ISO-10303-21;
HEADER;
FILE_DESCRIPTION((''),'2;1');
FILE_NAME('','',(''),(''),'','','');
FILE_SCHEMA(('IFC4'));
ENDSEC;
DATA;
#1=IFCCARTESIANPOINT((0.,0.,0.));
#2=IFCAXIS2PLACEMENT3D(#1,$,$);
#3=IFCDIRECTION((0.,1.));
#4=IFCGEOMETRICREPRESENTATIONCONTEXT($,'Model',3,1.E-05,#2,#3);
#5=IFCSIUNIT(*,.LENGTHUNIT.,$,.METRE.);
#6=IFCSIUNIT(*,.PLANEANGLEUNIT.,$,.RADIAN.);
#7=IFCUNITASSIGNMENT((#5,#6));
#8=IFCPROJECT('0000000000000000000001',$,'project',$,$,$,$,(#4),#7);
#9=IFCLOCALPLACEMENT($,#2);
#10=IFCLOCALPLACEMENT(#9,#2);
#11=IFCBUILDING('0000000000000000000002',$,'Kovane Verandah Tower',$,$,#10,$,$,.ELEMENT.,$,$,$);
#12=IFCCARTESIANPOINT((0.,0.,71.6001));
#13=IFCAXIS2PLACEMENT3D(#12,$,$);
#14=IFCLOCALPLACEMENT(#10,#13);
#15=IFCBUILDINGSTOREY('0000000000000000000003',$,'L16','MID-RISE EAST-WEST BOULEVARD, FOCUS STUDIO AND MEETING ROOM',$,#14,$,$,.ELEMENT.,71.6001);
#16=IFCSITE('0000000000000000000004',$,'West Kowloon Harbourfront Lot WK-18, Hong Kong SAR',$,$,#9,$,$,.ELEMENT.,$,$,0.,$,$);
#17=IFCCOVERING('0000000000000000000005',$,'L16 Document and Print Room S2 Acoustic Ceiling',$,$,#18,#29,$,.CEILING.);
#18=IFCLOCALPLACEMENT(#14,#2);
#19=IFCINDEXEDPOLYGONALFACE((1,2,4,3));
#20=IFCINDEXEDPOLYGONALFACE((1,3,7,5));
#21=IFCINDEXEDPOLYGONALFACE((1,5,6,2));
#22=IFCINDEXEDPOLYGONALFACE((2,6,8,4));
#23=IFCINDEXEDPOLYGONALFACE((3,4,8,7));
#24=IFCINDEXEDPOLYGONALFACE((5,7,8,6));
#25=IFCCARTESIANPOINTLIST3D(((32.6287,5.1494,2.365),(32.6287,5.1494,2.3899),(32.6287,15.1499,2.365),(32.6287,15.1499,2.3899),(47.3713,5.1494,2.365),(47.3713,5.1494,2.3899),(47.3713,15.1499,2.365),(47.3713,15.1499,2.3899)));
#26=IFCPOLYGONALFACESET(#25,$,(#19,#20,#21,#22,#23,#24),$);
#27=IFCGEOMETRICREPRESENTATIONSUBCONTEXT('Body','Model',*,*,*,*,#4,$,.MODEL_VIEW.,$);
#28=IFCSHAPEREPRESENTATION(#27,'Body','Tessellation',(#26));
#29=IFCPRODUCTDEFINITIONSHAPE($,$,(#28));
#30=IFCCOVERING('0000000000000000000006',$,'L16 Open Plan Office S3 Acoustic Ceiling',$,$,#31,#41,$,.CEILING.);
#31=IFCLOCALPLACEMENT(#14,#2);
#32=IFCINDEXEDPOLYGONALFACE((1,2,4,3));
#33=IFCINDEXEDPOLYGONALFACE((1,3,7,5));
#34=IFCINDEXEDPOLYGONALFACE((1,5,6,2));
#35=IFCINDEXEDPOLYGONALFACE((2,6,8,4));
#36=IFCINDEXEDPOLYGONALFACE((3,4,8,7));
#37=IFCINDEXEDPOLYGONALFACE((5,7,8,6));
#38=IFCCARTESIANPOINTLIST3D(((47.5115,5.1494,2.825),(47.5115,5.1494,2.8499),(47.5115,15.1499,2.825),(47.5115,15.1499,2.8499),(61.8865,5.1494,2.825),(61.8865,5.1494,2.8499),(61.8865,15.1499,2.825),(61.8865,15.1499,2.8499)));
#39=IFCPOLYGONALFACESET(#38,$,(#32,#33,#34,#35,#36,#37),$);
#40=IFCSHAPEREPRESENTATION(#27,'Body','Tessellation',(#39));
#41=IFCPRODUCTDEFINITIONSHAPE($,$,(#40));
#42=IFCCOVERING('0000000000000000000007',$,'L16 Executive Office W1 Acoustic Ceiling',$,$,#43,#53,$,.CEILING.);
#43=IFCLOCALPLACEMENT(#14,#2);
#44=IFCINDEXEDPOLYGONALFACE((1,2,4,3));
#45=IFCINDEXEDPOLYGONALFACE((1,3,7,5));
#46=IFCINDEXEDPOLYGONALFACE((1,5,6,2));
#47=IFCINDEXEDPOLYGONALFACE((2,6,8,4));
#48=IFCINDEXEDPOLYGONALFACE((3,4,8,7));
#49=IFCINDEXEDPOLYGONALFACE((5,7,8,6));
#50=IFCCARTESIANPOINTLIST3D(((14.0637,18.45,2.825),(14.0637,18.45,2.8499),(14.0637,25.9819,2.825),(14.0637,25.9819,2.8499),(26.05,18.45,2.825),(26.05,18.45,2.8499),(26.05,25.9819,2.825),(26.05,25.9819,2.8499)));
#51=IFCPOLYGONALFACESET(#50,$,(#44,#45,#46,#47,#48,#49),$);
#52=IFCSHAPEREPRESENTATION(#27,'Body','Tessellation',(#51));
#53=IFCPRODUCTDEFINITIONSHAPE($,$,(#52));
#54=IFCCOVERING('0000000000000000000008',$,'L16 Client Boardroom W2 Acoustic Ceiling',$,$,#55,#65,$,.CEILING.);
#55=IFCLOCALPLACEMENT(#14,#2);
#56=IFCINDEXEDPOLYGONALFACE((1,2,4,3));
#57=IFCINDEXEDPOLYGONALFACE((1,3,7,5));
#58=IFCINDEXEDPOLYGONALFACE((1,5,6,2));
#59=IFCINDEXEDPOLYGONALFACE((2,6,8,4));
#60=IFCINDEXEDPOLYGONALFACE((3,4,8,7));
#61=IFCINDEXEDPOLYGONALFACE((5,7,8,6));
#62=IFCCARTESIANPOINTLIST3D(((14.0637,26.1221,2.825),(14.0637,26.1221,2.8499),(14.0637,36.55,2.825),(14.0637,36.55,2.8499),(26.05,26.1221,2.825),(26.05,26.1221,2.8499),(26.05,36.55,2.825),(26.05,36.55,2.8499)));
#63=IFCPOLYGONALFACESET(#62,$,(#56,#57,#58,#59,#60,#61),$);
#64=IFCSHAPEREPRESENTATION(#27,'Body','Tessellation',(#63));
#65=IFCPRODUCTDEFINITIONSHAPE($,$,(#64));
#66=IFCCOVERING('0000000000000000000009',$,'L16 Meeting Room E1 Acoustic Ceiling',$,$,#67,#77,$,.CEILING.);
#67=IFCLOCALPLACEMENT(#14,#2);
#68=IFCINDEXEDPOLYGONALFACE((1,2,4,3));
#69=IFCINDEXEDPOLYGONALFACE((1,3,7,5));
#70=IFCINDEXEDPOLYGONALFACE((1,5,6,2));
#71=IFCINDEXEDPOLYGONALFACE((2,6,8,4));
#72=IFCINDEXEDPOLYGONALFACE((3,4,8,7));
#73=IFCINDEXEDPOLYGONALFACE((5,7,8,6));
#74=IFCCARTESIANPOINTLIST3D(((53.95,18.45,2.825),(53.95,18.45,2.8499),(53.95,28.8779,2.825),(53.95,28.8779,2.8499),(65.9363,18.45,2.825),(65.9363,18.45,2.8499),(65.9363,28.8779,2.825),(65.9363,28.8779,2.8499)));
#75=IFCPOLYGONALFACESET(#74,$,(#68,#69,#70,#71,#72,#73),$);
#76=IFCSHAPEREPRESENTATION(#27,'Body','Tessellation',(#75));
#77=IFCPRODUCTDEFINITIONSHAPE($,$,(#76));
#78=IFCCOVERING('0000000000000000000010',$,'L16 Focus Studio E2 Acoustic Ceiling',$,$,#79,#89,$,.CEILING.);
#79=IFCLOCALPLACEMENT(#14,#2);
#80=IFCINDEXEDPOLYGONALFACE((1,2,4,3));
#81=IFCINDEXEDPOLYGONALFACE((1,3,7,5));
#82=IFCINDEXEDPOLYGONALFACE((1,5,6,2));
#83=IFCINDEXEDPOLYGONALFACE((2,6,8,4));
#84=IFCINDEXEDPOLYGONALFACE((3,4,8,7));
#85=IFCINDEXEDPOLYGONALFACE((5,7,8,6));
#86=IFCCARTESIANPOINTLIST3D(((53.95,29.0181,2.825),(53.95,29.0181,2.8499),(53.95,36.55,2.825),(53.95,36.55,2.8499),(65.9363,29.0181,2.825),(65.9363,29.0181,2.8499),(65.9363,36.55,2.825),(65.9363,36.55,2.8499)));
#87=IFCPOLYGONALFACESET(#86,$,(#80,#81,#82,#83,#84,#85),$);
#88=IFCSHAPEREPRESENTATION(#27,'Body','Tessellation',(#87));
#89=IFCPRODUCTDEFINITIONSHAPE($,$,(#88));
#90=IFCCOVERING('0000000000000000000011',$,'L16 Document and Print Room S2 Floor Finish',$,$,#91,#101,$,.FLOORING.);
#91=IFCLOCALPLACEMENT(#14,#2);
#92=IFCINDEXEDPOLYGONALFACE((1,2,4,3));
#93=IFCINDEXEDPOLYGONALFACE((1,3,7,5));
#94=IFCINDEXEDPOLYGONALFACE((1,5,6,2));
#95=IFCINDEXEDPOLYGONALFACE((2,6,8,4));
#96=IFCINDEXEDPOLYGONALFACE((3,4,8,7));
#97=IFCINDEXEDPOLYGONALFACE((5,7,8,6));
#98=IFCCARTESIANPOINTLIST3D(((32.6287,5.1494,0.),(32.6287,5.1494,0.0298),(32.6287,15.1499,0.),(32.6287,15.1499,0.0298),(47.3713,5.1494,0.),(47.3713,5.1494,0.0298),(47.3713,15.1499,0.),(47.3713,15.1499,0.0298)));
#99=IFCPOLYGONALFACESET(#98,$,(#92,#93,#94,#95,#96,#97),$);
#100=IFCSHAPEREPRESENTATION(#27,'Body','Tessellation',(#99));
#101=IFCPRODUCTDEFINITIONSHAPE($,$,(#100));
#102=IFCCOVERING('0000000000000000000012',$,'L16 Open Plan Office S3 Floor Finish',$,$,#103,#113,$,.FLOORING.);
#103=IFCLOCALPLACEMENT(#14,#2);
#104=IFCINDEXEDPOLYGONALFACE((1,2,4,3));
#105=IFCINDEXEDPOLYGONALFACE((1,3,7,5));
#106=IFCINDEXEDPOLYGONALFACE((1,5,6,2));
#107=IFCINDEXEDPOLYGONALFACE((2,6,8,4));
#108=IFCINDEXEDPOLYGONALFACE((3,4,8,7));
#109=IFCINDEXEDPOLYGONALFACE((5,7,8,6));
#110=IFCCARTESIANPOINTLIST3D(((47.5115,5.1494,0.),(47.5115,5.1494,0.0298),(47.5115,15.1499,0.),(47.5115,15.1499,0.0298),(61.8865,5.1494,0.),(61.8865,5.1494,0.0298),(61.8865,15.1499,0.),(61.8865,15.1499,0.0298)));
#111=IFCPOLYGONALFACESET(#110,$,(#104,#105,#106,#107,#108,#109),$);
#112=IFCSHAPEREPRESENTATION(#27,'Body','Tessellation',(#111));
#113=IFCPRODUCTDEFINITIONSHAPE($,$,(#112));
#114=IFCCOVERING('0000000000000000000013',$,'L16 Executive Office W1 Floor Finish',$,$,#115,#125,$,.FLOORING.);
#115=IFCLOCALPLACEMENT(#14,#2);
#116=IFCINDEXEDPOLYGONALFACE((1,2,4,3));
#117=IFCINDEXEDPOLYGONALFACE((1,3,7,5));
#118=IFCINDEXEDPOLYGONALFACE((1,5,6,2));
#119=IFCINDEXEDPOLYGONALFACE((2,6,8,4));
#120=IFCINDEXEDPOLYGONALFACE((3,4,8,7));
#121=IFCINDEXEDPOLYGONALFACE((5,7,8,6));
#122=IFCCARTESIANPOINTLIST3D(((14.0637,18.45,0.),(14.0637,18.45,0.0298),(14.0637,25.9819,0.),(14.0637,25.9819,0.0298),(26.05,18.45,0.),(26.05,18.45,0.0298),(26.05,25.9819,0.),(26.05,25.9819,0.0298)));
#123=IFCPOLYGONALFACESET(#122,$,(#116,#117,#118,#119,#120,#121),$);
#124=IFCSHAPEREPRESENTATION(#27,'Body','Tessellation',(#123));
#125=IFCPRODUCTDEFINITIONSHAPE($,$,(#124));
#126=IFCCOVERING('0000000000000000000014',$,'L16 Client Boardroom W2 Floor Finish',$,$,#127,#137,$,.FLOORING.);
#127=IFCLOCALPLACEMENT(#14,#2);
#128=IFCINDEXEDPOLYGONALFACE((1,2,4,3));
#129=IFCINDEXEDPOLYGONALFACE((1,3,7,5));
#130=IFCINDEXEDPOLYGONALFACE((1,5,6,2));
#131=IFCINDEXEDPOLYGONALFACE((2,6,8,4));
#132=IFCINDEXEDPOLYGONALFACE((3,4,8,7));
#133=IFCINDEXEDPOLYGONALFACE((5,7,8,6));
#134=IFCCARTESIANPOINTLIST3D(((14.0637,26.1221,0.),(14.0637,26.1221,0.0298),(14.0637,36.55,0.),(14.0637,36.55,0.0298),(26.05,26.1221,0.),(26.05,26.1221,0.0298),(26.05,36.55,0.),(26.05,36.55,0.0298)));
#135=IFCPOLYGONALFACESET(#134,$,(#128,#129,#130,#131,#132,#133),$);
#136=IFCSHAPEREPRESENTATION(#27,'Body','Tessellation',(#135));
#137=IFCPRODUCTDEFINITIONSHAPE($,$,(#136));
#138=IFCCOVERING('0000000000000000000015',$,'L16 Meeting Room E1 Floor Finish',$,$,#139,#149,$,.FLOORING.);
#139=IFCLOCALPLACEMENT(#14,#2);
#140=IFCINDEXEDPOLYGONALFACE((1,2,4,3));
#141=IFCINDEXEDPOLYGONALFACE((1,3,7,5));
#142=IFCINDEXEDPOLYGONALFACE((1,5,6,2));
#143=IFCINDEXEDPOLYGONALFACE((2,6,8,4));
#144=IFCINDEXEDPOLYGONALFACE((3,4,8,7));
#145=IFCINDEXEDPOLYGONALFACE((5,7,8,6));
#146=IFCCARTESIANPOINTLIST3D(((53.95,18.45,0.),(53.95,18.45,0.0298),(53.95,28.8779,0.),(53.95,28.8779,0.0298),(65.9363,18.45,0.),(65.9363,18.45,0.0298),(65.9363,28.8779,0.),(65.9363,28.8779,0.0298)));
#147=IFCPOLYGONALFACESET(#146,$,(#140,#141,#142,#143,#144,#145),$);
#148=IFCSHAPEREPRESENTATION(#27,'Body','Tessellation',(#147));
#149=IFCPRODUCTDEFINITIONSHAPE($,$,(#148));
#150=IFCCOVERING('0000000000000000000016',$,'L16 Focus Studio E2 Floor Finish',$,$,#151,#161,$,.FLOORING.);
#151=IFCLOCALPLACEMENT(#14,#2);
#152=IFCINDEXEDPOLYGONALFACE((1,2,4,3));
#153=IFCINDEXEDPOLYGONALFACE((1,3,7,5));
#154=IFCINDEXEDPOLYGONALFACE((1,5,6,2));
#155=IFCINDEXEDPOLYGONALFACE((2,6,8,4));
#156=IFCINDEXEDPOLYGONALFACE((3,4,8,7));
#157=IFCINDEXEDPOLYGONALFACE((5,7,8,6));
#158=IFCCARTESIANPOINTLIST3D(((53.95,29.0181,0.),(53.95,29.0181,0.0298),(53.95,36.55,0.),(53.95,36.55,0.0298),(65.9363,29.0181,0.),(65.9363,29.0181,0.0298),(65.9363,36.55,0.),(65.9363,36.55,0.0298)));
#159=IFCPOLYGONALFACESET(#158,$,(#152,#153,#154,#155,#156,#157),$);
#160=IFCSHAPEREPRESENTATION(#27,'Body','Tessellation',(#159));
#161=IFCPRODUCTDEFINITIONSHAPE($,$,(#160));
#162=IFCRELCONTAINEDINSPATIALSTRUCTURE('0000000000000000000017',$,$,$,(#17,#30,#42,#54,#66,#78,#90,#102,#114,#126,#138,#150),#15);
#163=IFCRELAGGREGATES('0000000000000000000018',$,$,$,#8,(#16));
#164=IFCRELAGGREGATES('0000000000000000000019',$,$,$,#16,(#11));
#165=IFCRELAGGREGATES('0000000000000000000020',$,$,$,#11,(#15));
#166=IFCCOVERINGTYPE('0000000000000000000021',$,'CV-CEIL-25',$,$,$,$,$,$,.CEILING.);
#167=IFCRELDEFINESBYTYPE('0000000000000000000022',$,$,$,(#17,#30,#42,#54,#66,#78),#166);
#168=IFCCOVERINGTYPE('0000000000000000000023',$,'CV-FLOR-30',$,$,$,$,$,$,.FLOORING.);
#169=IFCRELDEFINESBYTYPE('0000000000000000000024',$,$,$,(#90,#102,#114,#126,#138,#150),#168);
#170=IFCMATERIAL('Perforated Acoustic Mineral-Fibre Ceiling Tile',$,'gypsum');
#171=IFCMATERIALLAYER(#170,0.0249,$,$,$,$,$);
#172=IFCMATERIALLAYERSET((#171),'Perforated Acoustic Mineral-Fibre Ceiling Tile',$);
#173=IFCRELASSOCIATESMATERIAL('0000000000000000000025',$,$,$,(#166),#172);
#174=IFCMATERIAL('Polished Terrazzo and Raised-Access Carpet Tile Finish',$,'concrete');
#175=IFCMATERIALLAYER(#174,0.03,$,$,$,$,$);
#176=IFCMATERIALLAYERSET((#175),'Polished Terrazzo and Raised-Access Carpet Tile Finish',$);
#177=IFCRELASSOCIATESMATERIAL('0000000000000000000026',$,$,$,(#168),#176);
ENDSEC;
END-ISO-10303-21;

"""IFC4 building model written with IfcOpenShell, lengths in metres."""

from ifc_helpers import new_model, si_unit, direction, frame, origin, place, context, subcontext, project, spatial, polyline, outline, extrude, material, layer, layer_set, type_object, element, save


model = new_model("IFC4")

# Units and contexts
model_context = context("Model", 3, precision=1e-05, world=origin(), true_north=direction((0.0, 1.0)))
body_context = subcontext(model_context, "Body", "Model", "MODEL_VIEW")
ifc_project = project(units=[si_unit("LENGTHUNIT", "METRE"), si_unit("PLANEANGLEUNIT", "RADIAN")], contexts=[model_context])

# Site, building, storey
site_placement = place(None, origin())
site = spatial("IfcSite", under=ifc_project, at=site_placement, Name="West Kowloon Harbourfront Lot WK-18, Hong Kong SAR", CompositionType="ELEMENT", RefElevation=0.0)
building_placement = place(site_placement, origin())
building = spatial("IfcBuilding", under=site, at=building_placement, Name="Kovane Verandah Tower", CompositionType="ELEMENT")
storey_placement = place(building_placement, frame((0.0, 0.0, 71.6001)))
storey = spatial("IfcBuildingStorey", under=building, at=storey_placement, Name="L16", Description="MID-RISE EAST-WEST BOULEVARD, FOCUS STUDIO AND MEETING ROOM", CompositionType="ELEMENT", Elevation=71.6001)

# Coverings
ifc_material_1 = material(Name="Perforated Acoustic Mineral-Fibre Ceiling Tile", Category="gypsum")
ifc_layer_1 = layer(ifc_material_1, 0.0249)
ifc_layer_set_1 = layer_set([ifc_layer_1], Name="Perforated Acoustic Mineral-Fibre Ceiling Tile")
covering_type_1 = type_object("IfcCoveringType", Name="CV-CEIL-25", PredefinedType="CEILING", material=ifc_layer_set_1)
covering_1_placement = place(storey_placement, frame((0.0, 0.0, 2.365)))
element("IfcCovering", 1, at=covering_1_placement, inside=storey, type_object=covering_type_1, Name="L16 Document and Print Room S2 Acoustic Ceiling", PredefinedType="CEILING", context=body_context, shape_type="SweptSolid", body=[
    extrude(outline(polyline([(32.6287, 5.1494), (47.3713, 5.1494), (47.3713, 15.1499), (32.6287, 15.1499), (32.6287, 5.1494)])), origin(), (0.0, 0.0, 1.0), 0.0249),
])
covering_2_placement = place(storey_placement, frame((0.0, 0.0, 2.825)))
element("IfcCovering", 2, at=covering_2_placement, inside=storey, type_object=covering_type_1, Name="L16 Open Plan Office S3 Acoustic Ceiling", PredefinedType="CEILING", context=body_context, shape_type="SweptSolid", body=[
    extrude(outline(polyline([(47.5115, 5.1494), (61.8865, 5.1494), (61.8865, 15.1499), (47.5115, 15.1499), (47.5115, 5.1494)])), origin(), (0.0, 0.0, 1.0), 0.0249),
])
covering_3_placement = place(storey_placement, frame((0.0, 0.0, 2.825)))
element("IfcCovering", 3, at=covering_3_placement, inside=storey, type_object=covering_type_1, Name="L16 Executive Office W1 Acoustic Ceiling", PredefinedType="CEILING", context=body_context, shape_type="SweptSolid", body=[
    extrude(outline(polyline([(14.0637, 18.45), (26.05, 18.45), (26.05, 25.9819), (14.0637, 25.9819), (14.0637, 18.45)])), origin(), (0.0, 0.0, 1.0), 0.0249),
])
covering_4_placement = place(storey_placement, frame((0.0, 0.0, 2.825)))
element("IfcCovering", 4, at=covering_4_placement, inside=storey, type_object=covering_type_1, Name="L16 Client Boardroom W2 Acoustic Ceiling", PredefinedType="CEILING", context=body_context, shape_type="SweptSolid", body=[
    extrude(outline(polyline([(14.0637, 26.1221), (26.05, 26.1221), (26.05, 36.55), (14.0637, 36.55), (14.0637, 26.1221)])), origin(), (0.0, 0.0, 1.0), 0.0249),
])
covering_5_placement = place(storey_placement, frame((0.0, 0.0, 2.825)))
element("IfcCovering", 5, at=covering_5_placement, inside=storey, type_object=covering_type_1, Name="L16 Meeting Room E1 Acoustic Ceiling", PredefinedType="CEILING", context=body_context, shape_type="SweptSolid", body=[
    extrude(outline(polyline([(53.95, 18.45), (65.9363, 18.45), (65.9363, 28.8779), (53.95, 28.8779), (53.95, 18.45)])), origin(), (0.0, 0.0, 1.0), 0.0249),
])
covering_6_placement = place(storey_placement, frame((0.0, 0.0, 2.825)))
element("IfcCovering", 6, at=covering_6_placement, inside=storey, type_object=covering_type_1, Name="L16 Focus Studio E2 Acoustic Ceiling", PredefinedType="CEILING", context=body_context, shape_type="SweptSolid", body=[
    extrude(outline(polyline([(53.95, 29.0181), (65.9363, 29.0181), (65.9363, 36.55), (53.95, 36.55), (53.95, 29.0181)])), origin(), (0.0, 0.0, 1.0), 0.0249),
])
ifc_material_2 = material(Name="Polished Terrazzo and Raised-Access Carpet Tile Finish", Category="concrete")
ifc_layer_2 = layer(ifc_material_2, 0.03)
ifc_layer_set_2 = layer_set([ifc_layer_2], Name="Polished Terrazzo and Raised-Access Carpet Tile Finish")
covering_type_2 = type_object("IfcCoveringType", Name="CV-FLOR-30", PredefinedType="FLOORING", material=ifc_layer_set_2)
covering_7_placement = place(storey_placement, origin())
element("IfcCovering", 7, at=covering_7_placement, inside=storey, type_object=covering_type_2, Name="L16 Document and Print Room S2 Floor Finish", PredefinedType="FLOORING", context=body_context, shape_type="SweptSolid", body=[
    extrude(outline(polyline([(32.6287, 5.1494), (47.3713, 5.1494), (47.3713, 15.1499), (32.6287, 15.1499), (32.6287, 5.1494)])), origin(), (0.0, 0.0, 1.0), 0.0298),
])
covering_8_placement = place(storey_placement, origin())
element("IfcCovering", 8, at=covering_8_placement, inside=storey, type_object=covering_type_2, Name="L16 Open Plan Office S3 Floor Finish", PredefinedType="FLOORING", context=body_context, shape_type="SweptSolid", body=[
    extrude(outline(polyline([(47.5115, 5.1494), (61.8865, 5.1494), (61.8865, 15.1499), (47.5115, 15.1499), (47.5115, 5.1494)])), origin(), (0.0, 0.0, 1.0), 0.0298),
])
covering_9_placement = place(storey_placement, origin())
element("IfcCovering", 9, at=covering_9_placement, inside=storey, type_object=covering_type_2, Name="L16 Executive Office W1 Floor Finish", PredefinedType="FLOORING", context=body_context, shape_type="SweptSolid", body=[
    extrude(outline(polyline([(14.0637, 18.45), (26.05, 18.45), (26.05, 25.9819), (14.0637, 25.9819), (14.0637, 18.45)])), origin(), (0.0, 0.0, 1.0), 0.0298),
])
covering_10_placement = place(storey_placement, origin())
element("IfcCovering", 10, at=covering_10_placement, inside=storey, type_object=covering_type_2, Name="L16 Client Boardroom W2 Floor Finish", PredefinedType="FLOORING", context=body_context, shape_type="SweptSolid", body=[
    extrude(outline(polyline([(14.0637, 26.1221), (26.05, 26.1221), (26.05, 36.55), (14.0637, 36.55), (14.0637, 26.1221)])), origin(), (0.0, 0.0, 1.0), 0.0298),
])
covering_11_placement = place(storey_placement, origin())
element("IfcCovering", 11, at=covering_11_placement, inside=storey, type_object=covering_type_2, Name="L16 Meeting Room E1 Floor Finish", PredefinedType="FLOORING", context=body_context, shape_type="SweptSolid", body=[
    extrude(outline(polyline([(53.95, 18.45), (65.9363, 18.45), (65.9363, 28.8779), (53.95, 28.8779), (53.95, 18.45)])), origin(), (0.0, 0.0, 1.0), 0.0298),
])
covering_12_placement = place(storey_placement, origin())
element("IfcCovering", 12, at=covering_12_placement, inside=storey, type_object=covering_type_2, Name="L16 Focus Studio E2 Floor Finish", PredefinedType="FLOORING", context=body_context, shape_type="SweptSolid", body=[
    extrude(outline(polyline([(53.95, 29.0181), (65.9363, 29.0181), (65.9363, 36.55), (53.95, 36.55), (53.95, 29.0181)])), origin(), (0.0, 0.0, 1.0), 0.0298),
])

save(model, "model.ifc")
